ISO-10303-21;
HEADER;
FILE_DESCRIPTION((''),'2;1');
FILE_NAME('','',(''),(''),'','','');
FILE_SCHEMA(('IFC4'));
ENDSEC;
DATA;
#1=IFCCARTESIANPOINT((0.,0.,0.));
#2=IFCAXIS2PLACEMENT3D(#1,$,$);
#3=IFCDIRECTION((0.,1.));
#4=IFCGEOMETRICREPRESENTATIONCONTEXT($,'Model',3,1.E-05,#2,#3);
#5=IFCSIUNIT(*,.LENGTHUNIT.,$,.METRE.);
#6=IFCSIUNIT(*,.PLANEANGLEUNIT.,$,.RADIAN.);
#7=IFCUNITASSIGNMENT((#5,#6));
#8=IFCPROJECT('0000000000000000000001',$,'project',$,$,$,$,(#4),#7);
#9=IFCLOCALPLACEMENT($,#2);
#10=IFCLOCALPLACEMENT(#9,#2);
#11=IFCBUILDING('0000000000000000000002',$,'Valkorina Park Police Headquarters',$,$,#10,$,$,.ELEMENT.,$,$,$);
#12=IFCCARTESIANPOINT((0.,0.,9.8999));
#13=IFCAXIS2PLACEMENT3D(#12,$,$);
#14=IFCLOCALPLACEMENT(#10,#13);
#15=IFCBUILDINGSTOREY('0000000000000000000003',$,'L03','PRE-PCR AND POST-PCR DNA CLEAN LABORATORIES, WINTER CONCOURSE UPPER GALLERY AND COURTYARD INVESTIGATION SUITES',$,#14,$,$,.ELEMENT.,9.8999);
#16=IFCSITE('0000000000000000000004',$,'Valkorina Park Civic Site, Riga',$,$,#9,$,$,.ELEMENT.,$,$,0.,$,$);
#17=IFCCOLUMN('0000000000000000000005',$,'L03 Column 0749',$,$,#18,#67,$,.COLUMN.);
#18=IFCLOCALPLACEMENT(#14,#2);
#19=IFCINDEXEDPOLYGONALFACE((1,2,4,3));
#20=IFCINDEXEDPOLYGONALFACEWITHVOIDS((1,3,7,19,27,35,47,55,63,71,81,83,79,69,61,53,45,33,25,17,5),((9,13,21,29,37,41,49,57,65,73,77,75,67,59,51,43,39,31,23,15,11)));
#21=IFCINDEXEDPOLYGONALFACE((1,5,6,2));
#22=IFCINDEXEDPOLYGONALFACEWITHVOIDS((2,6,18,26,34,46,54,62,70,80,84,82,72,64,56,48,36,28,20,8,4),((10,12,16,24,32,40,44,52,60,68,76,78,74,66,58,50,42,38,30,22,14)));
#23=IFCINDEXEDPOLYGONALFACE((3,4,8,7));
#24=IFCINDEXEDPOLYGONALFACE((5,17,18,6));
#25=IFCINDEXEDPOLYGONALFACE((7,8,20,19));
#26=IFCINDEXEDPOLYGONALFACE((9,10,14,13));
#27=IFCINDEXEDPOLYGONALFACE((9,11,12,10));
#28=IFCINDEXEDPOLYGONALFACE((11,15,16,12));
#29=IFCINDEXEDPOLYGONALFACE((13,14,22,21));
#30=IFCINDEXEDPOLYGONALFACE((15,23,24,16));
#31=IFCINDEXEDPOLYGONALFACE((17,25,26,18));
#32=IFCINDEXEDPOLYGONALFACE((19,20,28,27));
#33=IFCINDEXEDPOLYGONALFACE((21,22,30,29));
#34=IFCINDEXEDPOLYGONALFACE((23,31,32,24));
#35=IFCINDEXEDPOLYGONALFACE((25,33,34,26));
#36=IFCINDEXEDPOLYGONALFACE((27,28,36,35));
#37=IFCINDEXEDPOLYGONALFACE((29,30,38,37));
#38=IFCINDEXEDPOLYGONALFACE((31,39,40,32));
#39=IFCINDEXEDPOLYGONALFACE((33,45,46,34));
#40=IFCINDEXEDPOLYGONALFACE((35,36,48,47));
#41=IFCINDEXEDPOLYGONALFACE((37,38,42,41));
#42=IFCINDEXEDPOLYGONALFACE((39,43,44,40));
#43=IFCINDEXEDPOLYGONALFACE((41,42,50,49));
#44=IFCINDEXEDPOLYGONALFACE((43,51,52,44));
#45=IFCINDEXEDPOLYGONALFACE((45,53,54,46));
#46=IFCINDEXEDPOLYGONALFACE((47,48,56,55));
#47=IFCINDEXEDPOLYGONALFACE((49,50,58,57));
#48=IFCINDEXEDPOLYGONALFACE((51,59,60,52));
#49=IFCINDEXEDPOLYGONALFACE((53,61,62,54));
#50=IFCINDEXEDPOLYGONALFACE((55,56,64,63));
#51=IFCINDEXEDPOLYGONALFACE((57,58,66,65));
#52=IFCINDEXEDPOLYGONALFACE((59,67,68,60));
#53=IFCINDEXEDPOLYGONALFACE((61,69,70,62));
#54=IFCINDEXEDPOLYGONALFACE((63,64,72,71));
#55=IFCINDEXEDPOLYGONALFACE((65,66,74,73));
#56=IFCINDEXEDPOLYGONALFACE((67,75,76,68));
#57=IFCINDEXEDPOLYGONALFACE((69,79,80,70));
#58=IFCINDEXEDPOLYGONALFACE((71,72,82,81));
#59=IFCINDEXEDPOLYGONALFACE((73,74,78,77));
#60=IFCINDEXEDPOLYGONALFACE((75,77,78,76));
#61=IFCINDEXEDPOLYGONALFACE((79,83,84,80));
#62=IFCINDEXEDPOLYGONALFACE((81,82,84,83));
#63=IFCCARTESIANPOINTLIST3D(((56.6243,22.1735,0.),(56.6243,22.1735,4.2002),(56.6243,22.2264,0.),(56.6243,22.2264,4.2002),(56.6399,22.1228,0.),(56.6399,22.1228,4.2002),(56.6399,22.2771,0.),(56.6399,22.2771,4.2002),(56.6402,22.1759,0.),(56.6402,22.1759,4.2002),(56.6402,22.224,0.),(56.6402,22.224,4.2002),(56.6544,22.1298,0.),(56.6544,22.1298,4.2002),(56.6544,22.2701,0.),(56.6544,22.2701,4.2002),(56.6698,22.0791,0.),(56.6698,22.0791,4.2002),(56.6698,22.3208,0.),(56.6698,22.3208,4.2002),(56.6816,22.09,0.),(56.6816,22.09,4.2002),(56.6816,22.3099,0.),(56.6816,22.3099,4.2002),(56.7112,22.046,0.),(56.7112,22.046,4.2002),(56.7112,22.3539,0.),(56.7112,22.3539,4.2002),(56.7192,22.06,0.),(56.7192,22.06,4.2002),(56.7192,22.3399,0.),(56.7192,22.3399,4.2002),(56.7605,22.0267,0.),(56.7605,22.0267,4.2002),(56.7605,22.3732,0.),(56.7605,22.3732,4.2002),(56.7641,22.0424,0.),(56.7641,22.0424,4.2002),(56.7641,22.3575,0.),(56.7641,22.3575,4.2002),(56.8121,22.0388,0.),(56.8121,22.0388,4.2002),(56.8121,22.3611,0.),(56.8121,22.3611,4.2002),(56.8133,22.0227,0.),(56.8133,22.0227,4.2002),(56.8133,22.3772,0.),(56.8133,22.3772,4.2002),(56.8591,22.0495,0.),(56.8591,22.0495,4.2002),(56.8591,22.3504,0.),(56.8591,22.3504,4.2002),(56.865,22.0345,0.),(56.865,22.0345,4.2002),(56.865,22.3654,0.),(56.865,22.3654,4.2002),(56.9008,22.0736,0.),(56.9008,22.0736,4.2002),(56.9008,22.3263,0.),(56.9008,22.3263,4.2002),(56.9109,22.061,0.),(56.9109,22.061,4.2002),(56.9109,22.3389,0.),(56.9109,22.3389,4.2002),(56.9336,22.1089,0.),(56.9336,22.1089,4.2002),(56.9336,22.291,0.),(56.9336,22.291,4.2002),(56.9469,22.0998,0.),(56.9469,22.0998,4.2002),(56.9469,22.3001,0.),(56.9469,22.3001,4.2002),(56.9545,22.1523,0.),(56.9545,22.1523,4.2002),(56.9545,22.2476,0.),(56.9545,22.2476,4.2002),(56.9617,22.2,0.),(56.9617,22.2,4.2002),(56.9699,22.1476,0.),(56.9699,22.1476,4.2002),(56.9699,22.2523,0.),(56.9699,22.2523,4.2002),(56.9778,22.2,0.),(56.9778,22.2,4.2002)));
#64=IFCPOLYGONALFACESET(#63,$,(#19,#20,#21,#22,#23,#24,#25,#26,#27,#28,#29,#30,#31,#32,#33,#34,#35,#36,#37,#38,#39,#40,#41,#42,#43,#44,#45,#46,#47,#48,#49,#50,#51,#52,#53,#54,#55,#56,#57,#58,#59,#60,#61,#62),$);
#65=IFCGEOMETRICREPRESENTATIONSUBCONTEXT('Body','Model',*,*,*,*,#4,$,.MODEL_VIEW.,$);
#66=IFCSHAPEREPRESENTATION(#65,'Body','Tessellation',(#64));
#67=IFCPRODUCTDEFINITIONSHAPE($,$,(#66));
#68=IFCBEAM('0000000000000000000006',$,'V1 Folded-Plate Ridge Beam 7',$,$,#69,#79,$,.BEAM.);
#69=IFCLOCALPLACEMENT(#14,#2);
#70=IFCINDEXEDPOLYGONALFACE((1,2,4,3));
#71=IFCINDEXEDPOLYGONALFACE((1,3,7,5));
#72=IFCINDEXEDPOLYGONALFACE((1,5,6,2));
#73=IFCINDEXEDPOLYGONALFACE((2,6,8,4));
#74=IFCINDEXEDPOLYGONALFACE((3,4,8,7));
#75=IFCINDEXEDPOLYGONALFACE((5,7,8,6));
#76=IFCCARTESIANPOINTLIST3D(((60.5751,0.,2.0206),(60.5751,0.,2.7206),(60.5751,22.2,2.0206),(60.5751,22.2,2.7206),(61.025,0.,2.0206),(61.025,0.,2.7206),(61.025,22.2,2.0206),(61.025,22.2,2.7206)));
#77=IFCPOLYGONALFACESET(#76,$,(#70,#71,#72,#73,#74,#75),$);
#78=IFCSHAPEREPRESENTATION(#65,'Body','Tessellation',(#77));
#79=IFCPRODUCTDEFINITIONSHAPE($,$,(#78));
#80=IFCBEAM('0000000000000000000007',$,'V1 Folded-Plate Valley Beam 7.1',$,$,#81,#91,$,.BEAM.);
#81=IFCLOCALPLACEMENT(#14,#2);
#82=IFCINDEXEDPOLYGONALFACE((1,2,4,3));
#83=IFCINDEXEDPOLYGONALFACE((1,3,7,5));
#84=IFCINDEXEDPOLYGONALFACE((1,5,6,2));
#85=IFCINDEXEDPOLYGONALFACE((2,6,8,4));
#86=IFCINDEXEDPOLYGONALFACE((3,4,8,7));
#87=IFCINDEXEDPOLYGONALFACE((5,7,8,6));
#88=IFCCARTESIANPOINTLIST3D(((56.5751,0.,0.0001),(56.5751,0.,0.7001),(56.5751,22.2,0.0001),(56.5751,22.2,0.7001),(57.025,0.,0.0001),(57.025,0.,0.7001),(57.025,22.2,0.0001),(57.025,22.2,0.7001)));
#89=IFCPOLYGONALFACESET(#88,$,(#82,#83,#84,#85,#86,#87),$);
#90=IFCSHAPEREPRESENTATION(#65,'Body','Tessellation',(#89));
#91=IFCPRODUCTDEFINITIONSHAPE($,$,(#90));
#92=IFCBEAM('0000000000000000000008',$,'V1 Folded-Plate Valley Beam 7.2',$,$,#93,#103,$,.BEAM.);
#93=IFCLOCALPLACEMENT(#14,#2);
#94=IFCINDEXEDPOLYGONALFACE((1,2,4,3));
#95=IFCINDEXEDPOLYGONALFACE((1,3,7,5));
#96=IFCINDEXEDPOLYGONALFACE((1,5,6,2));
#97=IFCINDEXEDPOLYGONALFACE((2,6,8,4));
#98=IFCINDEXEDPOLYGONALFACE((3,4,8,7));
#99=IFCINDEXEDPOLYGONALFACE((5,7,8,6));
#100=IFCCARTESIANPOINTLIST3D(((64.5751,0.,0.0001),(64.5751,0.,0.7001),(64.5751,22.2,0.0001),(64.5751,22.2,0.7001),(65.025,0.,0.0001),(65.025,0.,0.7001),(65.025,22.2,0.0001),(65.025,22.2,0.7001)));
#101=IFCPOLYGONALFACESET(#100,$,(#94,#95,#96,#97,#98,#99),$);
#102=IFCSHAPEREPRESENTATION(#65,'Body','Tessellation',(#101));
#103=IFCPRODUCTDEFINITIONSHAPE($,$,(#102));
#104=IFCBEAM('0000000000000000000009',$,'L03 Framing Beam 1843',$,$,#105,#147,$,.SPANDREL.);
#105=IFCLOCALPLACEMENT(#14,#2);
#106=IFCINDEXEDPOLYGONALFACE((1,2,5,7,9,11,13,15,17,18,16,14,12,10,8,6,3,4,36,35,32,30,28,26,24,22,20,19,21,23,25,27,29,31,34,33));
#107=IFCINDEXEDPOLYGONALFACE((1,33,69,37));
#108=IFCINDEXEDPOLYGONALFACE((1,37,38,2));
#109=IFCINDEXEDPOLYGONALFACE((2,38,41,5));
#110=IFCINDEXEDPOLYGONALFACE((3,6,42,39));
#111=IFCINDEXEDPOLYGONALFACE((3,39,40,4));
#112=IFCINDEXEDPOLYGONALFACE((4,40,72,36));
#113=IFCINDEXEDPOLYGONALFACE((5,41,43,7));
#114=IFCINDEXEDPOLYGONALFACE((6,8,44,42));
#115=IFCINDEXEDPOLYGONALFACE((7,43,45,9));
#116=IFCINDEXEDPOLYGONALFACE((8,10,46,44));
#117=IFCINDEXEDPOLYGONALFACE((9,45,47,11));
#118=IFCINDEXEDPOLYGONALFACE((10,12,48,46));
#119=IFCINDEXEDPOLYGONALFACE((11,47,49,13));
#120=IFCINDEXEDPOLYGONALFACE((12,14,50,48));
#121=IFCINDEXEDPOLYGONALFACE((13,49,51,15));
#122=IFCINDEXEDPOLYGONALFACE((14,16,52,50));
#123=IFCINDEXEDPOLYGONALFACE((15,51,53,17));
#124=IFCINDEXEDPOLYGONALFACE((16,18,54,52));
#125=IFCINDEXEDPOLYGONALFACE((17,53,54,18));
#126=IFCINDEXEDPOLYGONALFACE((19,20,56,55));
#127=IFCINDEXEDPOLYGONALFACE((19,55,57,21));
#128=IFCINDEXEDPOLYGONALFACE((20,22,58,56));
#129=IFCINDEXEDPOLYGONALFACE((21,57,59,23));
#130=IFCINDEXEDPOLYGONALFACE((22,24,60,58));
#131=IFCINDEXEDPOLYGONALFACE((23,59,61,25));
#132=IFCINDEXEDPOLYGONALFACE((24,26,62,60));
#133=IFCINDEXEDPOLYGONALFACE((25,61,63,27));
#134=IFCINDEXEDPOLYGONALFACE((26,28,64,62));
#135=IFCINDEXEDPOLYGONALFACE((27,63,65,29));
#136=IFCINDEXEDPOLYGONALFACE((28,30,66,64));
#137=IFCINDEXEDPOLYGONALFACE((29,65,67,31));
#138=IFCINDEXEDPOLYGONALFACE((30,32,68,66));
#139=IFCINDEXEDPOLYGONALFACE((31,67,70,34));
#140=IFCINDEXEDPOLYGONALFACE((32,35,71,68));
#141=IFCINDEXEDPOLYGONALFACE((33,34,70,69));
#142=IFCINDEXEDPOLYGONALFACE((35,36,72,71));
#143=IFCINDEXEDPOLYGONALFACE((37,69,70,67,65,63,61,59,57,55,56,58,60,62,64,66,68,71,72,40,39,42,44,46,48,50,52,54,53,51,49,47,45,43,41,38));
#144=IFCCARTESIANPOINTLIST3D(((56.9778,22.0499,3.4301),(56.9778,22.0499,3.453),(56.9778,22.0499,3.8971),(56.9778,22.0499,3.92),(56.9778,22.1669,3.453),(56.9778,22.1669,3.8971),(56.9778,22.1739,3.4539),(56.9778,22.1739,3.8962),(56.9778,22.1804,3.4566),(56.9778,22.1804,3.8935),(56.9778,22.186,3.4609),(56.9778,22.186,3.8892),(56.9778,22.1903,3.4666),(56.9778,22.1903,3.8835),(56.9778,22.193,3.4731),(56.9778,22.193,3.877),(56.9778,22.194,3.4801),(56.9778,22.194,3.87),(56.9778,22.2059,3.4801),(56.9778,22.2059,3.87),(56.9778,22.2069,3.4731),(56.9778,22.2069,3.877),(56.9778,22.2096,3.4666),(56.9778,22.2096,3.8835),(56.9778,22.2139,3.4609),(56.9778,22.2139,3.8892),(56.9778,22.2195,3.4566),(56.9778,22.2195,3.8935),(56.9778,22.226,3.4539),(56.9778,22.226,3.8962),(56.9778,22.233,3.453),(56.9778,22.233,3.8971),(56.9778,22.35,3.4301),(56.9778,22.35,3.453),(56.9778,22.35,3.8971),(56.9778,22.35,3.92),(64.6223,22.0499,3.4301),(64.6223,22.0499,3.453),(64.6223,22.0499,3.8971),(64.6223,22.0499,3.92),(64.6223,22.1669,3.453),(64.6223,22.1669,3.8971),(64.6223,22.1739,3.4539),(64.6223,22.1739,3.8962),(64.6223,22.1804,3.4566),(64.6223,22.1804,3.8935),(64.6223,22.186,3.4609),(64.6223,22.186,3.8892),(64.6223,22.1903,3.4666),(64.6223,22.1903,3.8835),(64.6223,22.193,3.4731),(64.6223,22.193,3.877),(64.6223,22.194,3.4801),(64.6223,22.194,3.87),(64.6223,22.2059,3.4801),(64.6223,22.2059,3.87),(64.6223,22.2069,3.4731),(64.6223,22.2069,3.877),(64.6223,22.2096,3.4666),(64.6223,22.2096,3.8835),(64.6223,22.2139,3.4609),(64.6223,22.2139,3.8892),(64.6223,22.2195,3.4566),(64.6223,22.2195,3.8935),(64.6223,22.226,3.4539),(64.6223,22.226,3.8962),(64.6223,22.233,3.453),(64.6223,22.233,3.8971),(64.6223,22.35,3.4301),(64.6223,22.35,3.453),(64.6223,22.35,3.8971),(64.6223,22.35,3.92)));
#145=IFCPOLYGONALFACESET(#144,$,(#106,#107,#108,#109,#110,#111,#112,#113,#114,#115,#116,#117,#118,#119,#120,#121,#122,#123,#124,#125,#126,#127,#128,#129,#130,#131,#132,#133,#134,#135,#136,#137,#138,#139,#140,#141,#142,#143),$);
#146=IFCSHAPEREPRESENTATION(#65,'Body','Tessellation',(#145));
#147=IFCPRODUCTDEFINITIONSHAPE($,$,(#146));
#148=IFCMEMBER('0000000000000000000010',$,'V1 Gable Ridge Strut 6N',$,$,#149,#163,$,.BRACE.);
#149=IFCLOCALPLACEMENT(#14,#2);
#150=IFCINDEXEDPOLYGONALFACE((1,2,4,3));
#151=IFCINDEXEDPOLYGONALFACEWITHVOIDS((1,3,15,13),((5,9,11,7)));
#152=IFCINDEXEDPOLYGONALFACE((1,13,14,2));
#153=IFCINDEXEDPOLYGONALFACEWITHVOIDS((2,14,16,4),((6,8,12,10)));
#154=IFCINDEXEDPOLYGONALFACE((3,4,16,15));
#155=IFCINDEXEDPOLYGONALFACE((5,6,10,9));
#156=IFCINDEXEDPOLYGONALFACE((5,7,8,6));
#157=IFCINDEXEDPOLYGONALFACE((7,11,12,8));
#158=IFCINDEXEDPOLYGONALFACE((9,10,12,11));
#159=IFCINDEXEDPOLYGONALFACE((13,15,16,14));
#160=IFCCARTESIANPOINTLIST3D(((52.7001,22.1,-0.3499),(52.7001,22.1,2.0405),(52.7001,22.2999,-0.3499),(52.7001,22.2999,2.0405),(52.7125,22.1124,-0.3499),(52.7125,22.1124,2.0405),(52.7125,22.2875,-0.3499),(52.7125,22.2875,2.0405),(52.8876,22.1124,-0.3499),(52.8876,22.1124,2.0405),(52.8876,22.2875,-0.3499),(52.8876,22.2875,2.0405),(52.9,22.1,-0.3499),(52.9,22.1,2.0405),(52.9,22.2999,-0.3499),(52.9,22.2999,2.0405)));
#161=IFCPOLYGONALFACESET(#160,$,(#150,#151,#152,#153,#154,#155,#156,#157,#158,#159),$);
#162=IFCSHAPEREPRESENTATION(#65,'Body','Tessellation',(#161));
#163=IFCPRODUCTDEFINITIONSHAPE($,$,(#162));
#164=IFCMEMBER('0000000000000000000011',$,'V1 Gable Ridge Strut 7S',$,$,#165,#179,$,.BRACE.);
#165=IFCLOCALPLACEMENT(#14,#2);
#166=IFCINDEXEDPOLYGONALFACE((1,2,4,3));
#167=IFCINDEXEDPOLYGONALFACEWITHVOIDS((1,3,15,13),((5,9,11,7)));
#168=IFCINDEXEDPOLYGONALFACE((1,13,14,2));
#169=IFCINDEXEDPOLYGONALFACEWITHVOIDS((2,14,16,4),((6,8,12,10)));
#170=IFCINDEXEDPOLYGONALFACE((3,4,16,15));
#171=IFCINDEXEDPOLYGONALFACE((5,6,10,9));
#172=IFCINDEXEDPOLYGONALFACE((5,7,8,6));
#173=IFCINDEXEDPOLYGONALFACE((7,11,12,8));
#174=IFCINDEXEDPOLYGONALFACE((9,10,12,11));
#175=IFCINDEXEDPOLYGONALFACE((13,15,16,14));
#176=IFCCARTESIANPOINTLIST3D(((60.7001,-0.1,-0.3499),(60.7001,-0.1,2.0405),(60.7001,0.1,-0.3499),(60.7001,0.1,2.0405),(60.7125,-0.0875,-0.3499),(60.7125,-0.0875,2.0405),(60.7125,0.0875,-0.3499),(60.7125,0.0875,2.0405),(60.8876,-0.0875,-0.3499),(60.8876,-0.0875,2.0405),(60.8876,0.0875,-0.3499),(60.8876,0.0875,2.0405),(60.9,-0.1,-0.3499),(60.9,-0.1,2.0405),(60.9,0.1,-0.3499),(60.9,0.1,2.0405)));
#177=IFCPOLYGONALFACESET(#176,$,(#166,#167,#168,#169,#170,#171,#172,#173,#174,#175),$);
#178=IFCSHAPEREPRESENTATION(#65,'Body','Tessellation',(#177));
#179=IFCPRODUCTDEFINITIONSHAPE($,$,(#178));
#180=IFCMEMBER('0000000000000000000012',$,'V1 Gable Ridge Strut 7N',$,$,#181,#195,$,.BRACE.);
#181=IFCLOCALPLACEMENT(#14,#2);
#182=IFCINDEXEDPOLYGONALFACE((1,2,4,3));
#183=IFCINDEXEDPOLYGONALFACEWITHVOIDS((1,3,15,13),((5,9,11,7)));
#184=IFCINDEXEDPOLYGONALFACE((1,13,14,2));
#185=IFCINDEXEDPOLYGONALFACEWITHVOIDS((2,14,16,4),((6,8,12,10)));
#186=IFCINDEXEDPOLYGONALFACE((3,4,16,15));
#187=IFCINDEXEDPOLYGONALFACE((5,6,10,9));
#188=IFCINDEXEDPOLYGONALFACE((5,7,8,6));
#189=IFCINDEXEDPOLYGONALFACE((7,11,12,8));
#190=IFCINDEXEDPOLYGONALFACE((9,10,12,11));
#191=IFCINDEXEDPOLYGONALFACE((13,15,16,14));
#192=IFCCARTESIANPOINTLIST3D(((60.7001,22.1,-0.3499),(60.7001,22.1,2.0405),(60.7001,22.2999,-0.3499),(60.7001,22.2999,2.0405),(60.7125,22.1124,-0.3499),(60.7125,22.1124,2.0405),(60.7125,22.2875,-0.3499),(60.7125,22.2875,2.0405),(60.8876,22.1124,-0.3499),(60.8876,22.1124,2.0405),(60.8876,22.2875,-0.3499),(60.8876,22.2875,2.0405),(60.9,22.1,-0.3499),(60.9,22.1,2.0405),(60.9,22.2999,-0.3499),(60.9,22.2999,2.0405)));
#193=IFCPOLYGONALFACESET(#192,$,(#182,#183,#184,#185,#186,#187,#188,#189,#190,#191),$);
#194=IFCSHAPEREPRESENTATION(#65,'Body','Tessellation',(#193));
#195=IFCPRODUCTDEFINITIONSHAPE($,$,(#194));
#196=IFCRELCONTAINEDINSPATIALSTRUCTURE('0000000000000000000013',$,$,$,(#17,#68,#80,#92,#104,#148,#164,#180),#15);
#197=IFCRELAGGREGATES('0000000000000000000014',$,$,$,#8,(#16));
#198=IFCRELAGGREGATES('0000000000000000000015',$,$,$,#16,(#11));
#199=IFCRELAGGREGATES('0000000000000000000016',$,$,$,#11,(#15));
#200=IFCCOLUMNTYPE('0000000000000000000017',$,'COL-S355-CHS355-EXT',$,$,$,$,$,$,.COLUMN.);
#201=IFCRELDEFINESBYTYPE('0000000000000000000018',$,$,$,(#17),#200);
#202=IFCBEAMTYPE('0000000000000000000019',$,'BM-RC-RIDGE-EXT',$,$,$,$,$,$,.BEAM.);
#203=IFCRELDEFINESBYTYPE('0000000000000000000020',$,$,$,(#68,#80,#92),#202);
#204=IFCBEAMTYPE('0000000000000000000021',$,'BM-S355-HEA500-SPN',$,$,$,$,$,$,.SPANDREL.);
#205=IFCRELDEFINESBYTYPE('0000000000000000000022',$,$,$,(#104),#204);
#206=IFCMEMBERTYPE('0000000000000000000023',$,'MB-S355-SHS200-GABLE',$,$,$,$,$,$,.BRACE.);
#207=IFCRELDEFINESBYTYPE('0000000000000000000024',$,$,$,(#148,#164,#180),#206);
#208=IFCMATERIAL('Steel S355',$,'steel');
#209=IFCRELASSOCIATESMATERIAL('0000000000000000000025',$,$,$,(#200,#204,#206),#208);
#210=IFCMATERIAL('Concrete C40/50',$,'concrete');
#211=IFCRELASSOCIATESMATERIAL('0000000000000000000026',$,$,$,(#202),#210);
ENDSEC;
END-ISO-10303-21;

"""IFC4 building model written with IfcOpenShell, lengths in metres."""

from ifc_helpers import new_model, si_unit, direction, frame, origin, origin_2d, place, context, subcontext, project, spatial, rectangle, hollow_rectangle, hollow_circle, i_section, extrude, material, material_profile, profile_set, type_object, element, save


model = new_model("IFC4")

# Units and contexts
model_context = context("Model", 3, precision=1e-05, world=origin(), true_north=direction((0.0, 1.0)))
body_context = subcontext(model_context, "Body", "Model", "MODEL_VIEW")
ifc_project = project(units=[si_unit("LENGTHUNIT", "METRE"), si_unit("PLANEANGLEUNIT", "RADIAN")], contexts=[model_context])

# Site, building, storey
site_placement = place(None, origin())
site = spatial("IfcSite", under=ifc_project, at=site_placement, Name="Valkorina Park Civic Site, Riga", CompositionType="ELEMENT", RefElevation=0.0)
building_placement = place(site_placement, origin())
building = spatial("IfcBuilding", under=site, at=building_placement, Name="Valkorina Park Police Headquarters", CompositionType="ELEMENT")
storey_placement = place(building_placement, frame((0.0, 0.0, 9.8999)))
storey = spatial("IfcBuildingStorey", under=building, at=storey_placement, Name="L03", Description="PRE-PCR AND POST-PCR DNA CLEAN LABORATORIES, WINTER CONCOURSE UPPER GALLERY AND COURTYARD INVESTIGATION SUITES", CompositionType="ELEMENT", Elevation=9.8999)

# Column
ifc_material_1 = material(Name="Steel S355", Category="steel")
ifc_material_profile_1 = material_profile(ifc_material_1, hollow_circle(Radius=0.1777, WallThickness=0.0161, at=origin_2d()), Name="CHS 355.6x16")
ifc_profile_set_1 = profile_set([ifc_material_profile_1], Name="Steel S355")
column_type = type_object("IfcColumnType", Name="COL-S355-CHS355-EXT", PredefinedType="COLUMN", material=ifc_profile_set_1)
column_placement = place(storey_placement, frame((56.8, 22.2, 0.0), z_axis=(0.0, 0.0, 1.0), x_axis=(1.0, 0.0, 0.0)))
element("IfcColumn", 1, at=column_placement, inside=storey, type_object=column_type, Name="L03 Column 0749", PredefinedType="COLUMN", context=body_context, shape_type="SweptSolid", body=[
    extrude(hollow_circle(Radius=0.1777, WallThickness=0.0161, at=origin_2d()), origin(), (0.0, 0.0, 1.0), 4.2002),
])

# Beams
ifc_material_2 = material(Name="Concrete C40/50", Category="concrete")
ifc_material_profile_2 = material_profile(ifc_material_2, rectangle(XDim=0.45, YDim=0.7, at=origin_2d()), Name="RC RIDGE 450x700")
ifc_profile_set_2 = profile_set([ifc_material_profile_2], Name="Concrete C40/50")
beam_type_1 = type_object("IfcBeamType", Name="BM-RC-RIDGE-EXT", PredefinedType="BEAM", material=ifc_profile_set_2)
for number, where, z_axis, x_axis, name in (
    (2, (60.8, 0.0, 2.3706), (0.0, 1.0, 0.0), (-1.0, 0.0, 0.0), "V1 Folded-Plate Ridge Beam 7"),
    (3, (56.8, 0.0, 0.3501), (0.0, 1.0, 0.0), (-1.0, 0.0, 0.0), "V1 Folded-Plate Valley Beam 7.1"),
    (4, (64.8, 0.0, 0.3501), (0.0, 1.0, 0.0), (-1.0, 0.0, 0.0), "V1 Folded-Plate Valley Beam 7.2"),
):
    element("IfcBeam", number, at=place(storey_placement, frame(where, z_axis=z_axis, x_axis=x_axis)), inside=storey, type_object=beam_type_1, Name=name, PredefinedType="BEAM", context=body_context, shape_type="SweptSolid", body=[
        extrude(rectangle(XDim=0.45, YDim=0.7, at=origin_2d()), origin(), (0.0, 0.0, 1.0), 22.2),
    ])
ifc_material_profile_3 = material_profile(ifc_material_1, i_section(OverallWidth=0.3, OverallDepth=0.49, WebThickness=0.012, FlangeThickness=0.0229, FilletRadius=0.0271, at=origin_2d()), Name="HEA 500")
ifc_profile_set_3 = profile_set([ifc_material_profile_3], Name="Steel S355")
beam_type_2 = type_object("IfcBeamType", Name="BM-S355-HEA500-SPN", PredefinedType="SPANDREL", material=ifc_profile_set_3)
beam_placement = place(storey_placement, frame((56.9778, 22.2, 3.675), z_axis=(1.0, 0.0, 0.0), x_axis=(0.0, 1.0, 0.0)))
element("IfcBeam", 5, at=beam_placement, inside=storey, type_object=beam_type_2, Name="L03 Framing Beam 1843", PredefinedType="SPANDREL", context=body_context, shape_type="SweptSolid", body=[
    extrude(i_section(OverallWidth=0.3, OverallDepth=0.49, WebThickness=0.012, FlangeThickness=0.0229, FilletRadius=0.0271, at=origin_2d()), origin(), (0.0, 0.0, 1.0), 7.6445),
])

# Members
ifc_material_profile_4 = material_profile(ifc_material_1, hollow_rectangle(XDim=0.2, YDim=0.2, WallThickness=0.0125, at=origin_2d()), Name="SHS 200x200x12.5")
ifc_profile_set_4 = profile_set([ifc_material_profile_4], Name="Steel S355")
member_type = type_object("IfcMemberType", Name="MB-S355-SHS200-GABLE", PredefinedType="BRACE", material=ifc_profile_set_4)
for number, where, z_axis, x_axis, name in (
    (6, (52.8, 22.2, -0.3499), (0.0, 0.0, 1.0), (1.0, 0.0, 0.0), "V1 Gable Ridge Strut 6N"),
    (7, (60.8, 0.0, -0.3499), (0.0, 0.0, 1.0), (1.0, 0.0, 0.0), "V1 Gable Ridge Strut 7S"),
    (8, (60.8, 22.2, -0.3499), (0.0, 0.0, 1.0), (1.0, 0.0, 0.0), "V1 Gable Ridge Strut 7N"),
):
    element("IfcMember", number, at=place(storey_placement, frame(where, z_axis=z_axis, x_axis=x_axis)), inside=storey, type_object=member_type, Name=name, PredefinedType="BRACE", context=body_context, shape_type="SweptSolid", body=[
        extrude(hollow_rectangle(XDim=0.2, YDim=0.2, WallThickness=0.0125, at=origin_2d()), origin(), (0.0, 0.0, 1.0), 2.3904),
    ])

save(model, "model.ifc")
